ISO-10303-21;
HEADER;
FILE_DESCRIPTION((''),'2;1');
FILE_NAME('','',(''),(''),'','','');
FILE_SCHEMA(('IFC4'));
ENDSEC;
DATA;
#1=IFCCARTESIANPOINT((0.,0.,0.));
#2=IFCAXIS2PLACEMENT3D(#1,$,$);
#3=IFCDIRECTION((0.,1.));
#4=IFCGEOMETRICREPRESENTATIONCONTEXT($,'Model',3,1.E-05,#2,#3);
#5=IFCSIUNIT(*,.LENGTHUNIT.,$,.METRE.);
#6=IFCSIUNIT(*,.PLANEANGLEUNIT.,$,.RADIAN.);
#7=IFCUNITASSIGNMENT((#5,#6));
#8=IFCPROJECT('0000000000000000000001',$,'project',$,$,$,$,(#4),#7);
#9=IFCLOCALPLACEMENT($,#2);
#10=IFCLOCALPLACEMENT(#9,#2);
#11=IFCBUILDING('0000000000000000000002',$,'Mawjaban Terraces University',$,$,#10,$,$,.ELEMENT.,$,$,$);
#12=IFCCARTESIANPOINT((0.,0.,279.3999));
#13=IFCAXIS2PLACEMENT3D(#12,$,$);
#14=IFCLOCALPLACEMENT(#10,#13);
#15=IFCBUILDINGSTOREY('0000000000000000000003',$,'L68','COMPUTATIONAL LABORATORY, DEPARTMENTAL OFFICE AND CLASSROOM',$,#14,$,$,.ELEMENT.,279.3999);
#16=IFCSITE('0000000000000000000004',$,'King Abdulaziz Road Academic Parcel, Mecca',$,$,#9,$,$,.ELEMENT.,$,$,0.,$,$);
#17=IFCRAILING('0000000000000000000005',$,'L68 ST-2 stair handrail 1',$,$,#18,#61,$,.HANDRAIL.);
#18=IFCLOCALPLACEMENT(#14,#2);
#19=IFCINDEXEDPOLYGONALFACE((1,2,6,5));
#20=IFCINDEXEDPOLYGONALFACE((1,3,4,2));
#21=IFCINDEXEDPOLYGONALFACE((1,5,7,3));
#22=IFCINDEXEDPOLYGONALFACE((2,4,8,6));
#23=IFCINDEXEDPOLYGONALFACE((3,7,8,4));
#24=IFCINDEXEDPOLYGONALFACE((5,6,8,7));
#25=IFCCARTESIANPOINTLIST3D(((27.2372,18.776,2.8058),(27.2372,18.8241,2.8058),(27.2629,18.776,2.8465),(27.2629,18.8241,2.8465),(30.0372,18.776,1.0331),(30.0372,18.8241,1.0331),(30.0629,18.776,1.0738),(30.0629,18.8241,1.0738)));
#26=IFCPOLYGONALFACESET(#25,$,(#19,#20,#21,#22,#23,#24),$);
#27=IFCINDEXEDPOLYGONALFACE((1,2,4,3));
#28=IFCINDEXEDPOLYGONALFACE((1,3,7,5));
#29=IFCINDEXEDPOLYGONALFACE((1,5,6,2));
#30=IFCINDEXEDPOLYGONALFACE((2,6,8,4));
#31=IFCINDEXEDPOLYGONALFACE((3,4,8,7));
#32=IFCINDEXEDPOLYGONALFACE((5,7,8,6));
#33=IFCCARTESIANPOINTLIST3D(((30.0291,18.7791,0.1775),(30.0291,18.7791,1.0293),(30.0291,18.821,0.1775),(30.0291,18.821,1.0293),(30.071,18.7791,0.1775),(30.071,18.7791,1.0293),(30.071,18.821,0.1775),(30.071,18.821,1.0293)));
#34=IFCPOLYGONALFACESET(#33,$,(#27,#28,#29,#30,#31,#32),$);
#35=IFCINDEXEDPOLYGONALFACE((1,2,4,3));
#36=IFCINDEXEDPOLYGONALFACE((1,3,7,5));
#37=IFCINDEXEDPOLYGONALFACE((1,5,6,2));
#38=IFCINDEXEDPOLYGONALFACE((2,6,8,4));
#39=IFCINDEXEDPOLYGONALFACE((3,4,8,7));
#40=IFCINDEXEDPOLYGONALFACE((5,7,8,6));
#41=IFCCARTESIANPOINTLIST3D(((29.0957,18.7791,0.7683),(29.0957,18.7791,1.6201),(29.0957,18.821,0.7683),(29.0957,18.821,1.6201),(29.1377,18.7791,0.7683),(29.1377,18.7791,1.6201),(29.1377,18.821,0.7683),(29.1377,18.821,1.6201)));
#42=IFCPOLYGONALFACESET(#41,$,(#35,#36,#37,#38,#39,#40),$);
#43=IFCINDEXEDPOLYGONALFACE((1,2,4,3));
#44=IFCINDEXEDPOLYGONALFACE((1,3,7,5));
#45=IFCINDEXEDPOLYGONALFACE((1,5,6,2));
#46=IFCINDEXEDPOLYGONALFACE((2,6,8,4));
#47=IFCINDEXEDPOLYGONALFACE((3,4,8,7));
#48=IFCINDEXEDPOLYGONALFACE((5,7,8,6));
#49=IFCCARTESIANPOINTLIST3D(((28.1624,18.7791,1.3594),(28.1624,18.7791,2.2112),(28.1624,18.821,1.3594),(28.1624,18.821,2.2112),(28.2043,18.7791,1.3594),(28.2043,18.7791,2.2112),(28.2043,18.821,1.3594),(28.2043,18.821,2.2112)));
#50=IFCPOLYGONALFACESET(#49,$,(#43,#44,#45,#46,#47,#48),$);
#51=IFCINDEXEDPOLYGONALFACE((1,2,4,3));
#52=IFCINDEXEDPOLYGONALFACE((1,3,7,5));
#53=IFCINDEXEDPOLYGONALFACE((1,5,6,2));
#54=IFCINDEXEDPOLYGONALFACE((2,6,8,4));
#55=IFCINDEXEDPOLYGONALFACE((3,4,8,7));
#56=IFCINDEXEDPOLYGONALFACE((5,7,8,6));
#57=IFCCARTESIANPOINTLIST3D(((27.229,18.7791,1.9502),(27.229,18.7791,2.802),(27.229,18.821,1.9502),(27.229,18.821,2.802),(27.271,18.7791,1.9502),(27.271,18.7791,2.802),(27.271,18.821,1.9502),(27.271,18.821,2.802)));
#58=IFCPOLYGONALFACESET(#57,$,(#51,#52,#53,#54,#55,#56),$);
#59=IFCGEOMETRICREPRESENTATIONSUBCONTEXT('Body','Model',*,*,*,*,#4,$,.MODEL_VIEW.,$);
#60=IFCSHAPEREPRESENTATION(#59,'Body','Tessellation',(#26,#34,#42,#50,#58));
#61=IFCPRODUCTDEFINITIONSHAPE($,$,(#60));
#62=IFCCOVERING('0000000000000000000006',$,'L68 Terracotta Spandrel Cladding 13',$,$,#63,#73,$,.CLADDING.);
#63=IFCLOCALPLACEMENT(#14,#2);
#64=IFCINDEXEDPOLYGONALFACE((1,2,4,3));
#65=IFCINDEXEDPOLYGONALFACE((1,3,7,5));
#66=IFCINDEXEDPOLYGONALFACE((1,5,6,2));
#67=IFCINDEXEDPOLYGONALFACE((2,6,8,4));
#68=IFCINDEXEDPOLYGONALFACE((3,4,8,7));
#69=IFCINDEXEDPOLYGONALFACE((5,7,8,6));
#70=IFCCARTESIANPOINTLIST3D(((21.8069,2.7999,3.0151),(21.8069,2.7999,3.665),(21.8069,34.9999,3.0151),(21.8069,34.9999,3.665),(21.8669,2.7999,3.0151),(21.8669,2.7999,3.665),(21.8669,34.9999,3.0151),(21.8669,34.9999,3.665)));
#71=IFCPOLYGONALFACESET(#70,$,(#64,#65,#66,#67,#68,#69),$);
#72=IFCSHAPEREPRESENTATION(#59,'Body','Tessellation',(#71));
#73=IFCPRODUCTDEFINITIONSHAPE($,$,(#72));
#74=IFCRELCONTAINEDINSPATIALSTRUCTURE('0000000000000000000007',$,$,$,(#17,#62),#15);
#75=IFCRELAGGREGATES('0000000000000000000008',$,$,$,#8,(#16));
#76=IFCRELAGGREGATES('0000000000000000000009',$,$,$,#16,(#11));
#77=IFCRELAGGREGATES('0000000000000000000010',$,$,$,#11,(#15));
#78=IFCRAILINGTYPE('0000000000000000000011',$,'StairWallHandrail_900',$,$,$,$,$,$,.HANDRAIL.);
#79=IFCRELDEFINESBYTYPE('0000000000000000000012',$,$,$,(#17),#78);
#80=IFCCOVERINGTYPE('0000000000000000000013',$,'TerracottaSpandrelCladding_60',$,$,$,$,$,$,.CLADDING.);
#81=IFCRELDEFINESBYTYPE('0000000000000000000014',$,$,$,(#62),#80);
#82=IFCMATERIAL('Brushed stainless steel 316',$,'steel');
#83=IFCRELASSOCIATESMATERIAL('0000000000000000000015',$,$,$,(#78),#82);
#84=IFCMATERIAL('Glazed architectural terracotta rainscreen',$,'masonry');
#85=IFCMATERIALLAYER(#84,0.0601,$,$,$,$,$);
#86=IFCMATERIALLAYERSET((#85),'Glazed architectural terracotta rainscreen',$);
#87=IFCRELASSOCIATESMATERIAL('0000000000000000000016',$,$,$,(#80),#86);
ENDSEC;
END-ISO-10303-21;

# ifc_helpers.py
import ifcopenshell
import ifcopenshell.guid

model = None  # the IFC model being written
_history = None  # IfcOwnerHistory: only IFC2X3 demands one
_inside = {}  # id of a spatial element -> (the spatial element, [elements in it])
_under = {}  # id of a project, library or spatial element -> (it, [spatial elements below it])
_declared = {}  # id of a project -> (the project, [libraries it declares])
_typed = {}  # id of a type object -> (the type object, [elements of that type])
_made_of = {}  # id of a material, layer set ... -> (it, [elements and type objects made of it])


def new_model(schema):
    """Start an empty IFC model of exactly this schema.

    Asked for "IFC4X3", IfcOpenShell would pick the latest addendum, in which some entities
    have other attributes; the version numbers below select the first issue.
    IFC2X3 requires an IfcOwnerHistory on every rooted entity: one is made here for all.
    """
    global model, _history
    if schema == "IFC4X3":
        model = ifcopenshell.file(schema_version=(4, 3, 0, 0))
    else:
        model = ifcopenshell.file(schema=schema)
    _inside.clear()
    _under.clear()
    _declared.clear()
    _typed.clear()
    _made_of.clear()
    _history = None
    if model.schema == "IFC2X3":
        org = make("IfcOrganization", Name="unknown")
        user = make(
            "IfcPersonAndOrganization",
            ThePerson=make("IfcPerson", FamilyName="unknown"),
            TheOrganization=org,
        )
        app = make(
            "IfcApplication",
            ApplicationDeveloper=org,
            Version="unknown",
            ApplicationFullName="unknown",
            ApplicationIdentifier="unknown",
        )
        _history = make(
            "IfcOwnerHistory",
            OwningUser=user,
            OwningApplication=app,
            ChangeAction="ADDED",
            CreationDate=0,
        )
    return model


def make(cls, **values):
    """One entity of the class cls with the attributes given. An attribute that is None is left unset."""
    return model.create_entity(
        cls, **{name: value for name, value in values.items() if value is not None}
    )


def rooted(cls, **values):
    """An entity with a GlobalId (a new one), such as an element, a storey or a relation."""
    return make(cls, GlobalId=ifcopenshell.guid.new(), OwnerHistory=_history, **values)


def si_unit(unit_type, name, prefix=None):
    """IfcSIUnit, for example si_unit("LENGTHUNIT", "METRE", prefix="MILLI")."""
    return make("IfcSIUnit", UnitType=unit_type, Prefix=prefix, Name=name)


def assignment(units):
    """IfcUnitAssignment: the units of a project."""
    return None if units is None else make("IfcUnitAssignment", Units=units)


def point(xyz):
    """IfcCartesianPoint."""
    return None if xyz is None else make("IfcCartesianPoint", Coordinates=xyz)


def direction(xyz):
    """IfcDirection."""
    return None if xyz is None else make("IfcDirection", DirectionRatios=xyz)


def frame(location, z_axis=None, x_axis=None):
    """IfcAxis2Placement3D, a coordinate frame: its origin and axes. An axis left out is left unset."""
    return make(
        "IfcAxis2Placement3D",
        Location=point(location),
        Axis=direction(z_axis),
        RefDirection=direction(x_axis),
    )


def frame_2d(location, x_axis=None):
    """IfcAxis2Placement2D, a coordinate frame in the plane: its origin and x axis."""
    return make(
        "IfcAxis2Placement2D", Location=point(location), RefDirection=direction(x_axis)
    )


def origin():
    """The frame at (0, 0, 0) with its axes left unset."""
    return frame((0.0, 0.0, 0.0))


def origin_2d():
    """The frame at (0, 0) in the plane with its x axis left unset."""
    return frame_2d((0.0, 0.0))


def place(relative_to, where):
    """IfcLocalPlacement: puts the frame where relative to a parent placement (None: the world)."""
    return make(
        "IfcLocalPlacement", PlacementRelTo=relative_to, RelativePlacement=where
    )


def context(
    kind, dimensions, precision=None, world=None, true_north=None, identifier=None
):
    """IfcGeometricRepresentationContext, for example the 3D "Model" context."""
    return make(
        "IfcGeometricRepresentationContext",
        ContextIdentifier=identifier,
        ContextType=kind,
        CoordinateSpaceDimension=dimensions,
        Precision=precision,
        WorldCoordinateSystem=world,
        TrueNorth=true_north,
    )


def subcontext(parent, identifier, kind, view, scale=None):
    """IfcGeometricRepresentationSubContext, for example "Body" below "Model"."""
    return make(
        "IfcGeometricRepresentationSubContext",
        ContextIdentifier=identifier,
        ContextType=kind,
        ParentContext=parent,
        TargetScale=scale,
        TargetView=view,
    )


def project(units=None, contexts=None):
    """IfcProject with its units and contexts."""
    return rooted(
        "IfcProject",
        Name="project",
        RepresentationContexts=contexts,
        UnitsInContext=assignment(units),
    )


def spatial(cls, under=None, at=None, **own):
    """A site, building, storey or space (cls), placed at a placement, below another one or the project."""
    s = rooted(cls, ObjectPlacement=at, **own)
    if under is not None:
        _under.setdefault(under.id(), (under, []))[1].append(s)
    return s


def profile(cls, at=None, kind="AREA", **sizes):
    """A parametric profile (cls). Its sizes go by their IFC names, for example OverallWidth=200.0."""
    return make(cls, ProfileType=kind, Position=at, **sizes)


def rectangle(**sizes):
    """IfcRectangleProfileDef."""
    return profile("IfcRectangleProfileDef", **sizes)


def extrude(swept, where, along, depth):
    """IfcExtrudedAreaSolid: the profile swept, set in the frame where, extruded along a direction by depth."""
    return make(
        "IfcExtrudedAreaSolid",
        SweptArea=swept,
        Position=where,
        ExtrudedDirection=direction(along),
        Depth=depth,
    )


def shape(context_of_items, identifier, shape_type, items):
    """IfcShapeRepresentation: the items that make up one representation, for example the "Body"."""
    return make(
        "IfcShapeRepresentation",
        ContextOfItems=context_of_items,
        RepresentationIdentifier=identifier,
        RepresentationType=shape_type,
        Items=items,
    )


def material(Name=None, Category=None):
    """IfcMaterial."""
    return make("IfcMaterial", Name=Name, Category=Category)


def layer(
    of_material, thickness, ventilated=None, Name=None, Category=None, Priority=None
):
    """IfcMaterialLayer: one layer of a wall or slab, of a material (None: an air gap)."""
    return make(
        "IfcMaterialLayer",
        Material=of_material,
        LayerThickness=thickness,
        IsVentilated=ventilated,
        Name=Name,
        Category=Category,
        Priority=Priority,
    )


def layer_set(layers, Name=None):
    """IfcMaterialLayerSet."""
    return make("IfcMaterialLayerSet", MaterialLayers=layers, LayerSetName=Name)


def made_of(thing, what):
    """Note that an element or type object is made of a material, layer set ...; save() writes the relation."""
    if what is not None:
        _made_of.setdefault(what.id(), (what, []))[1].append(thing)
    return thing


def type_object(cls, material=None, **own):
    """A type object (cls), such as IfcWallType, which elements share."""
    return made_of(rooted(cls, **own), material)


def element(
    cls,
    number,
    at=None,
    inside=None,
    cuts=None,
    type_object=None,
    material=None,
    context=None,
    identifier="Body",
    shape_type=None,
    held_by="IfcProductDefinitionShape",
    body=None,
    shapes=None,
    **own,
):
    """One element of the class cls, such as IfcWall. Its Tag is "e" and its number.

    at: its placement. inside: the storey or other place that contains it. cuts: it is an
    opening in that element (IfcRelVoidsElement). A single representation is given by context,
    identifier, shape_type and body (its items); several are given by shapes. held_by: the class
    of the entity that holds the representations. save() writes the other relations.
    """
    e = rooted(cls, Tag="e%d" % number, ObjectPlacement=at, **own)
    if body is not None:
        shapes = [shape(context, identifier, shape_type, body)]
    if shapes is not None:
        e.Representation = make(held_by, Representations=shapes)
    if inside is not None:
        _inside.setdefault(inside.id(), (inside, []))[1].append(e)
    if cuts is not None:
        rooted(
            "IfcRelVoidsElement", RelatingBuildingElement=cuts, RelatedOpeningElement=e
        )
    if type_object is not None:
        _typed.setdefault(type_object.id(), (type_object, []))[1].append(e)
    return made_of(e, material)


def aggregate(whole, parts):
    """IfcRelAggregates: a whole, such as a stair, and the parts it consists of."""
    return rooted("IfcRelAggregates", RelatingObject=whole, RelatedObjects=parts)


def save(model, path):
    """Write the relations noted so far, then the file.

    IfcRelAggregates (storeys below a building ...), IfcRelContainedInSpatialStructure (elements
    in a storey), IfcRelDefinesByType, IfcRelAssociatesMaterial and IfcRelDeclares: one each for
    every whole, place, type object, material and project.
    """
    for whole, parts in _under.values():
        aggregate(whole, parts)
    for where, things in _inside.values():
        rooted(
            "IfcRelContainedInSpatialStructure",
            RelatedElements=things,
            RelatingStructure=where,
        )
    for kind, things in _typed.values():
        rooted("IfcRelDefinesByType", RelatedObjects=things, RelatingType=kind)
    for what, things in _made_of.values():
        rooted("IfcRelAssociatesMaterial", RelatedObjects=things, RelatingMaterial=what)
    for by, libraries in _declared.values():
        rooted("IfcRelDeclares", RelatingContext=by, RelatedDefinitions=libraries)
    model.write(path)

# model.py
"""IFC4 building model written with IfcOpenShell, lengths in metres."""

from ifc_helpers import new_model, si_unit, direction, frame, origin, origin_2d, place, context, subcontext, project, spatial, rectangle, extrude, material, layer, layer_set, type_object, element, save


model = new_model("IFC4")

# Units and contexts
model_context = context("Model", 3, precision=1e-05, world=origin(), true_north=direction((0.0, 1.0)))
body_context = subcontext(model_context, "Body", "Model", "MODEL_VIEW")
ifc_project = project(units=[si_unit("LENGTHUNIT", "METRE"), si_unit("PLANEANGLEUNIT", "RADIAN")], contexts=[model_context])

# Site, building, storey
site_placement = place(None, origin())
site = spatial("IfcSite", under=ifc_project, at=site_placement, Name="King Abdulaziz Road Academic Parcel, Mecca", CompositionType="ELEMENT", RefElevation=0.0)
building_placement = place(site_placement, origin())
building = spatial("IfcBuilding", under=site, at=building_placement, Name="Mawjaban Terraces University", CompositionType="ELEMENT")
storey_placement = place(building_placement, frame((0.0, 0.0, 279.3999)))
storey = spatial("IfcBuildingStorey", under=building, at=storey_placement, Name="L68", Description="COMPUTATIONAL LABORATORY, DEPARTMENTAL OFFICE AND CLASSROOM", CompositionType="ELEMENT", Elevation=279.3999)

# Railing
ifc_material_1 = material(Name="Brushed stainless steel 316", Category="steel")
railing_type = type_object("IfcRailingType", Name="StairWallHandrail_900", PredefinedType="HANDRAIL", material=ifc_material_1)
railing_placement = place(storey_placement, frame((30.05, 18.8, 0.1775)))
element("IfcRailing", 1, at=railing_placement, inside=storey, type_object=railing_type, Name="L68 ST-2 stair handrail 1", PredefinedType="HANDRAIL", context=body_context, shape_type="SweptSolid", body=[
    extrude(rectangle(XDim=0.0481, YDim=0.0481, at=origin_2d()), frame((0.0, 0.0, 0.876), z_axis=(-0.844909, 0.0, 0.53491), x_axis=(0.0, -1.0, 0.0)), (0.0, 0.0, 1.0), 3.314),
    extrude(rectangle(XDim=0.042, YDim=0.042, at=origin_2d()), origin(), (0.0, 0.0, 1.0), 0.8518),
    extrude(rectangle(XDim=0.042, YDim=0.042, at=origin_2d()), frame((-0.9333, 0.0, 0.5908)), (0.0, 0.0, 1.0), 0.8518),
    extrude(rectangle(XDim=0.042, YDim=0.042, at=origin_2d()), frame((-1.8667, 0.0, 1.1819)), (0.0, 0.0, 1.0), 0.8518),
    extrude(rectangle(XDim=0.042, YDim=0.042, at=origin_2d()), frame((-2.8, 0.0, 1.7727)), (0.0, 0.0, 1.0), 0.8518),
])

# Covering
ifc_material_2 = material(Name="Glazed architectural terracotta rainscreen", Category="masonry")
ifc_layer_1 = layer(ifc_material_2, 0.0601)
ifc_layer_set_1 = layer_set([ifc_layer_1], Name="Glazed architectural terracotta rainscreen")
covering_type = type_object("IfcCoveringType", Name="TerracottaSpandrelCladding_60", PredefinedType="CLADDING", material=ifc_layer_set_1)
covering_placement = place(storey_placement, frame((21.8369, 18.8999, 3.0151), z_axis=(0.0, 0.0, 1.0), x_axis=(0.0, -1.0, 0.0)))
element("IfcCovering", 2, at=covering_placement, inside=storey, type_object=covering_type, Name="L68 Terracotta Spandrel Cladding 13", PredefinedType="CLADDING", context=body_context, shape_type="SweptSolid", body=[
    extrude(rectangle(XDim=32.2, YDim=0.0601, at=origin_2d()), origin(), (0.0, 0.0, 1.0), 0.6499),
])

save(model, "model.ifc")
